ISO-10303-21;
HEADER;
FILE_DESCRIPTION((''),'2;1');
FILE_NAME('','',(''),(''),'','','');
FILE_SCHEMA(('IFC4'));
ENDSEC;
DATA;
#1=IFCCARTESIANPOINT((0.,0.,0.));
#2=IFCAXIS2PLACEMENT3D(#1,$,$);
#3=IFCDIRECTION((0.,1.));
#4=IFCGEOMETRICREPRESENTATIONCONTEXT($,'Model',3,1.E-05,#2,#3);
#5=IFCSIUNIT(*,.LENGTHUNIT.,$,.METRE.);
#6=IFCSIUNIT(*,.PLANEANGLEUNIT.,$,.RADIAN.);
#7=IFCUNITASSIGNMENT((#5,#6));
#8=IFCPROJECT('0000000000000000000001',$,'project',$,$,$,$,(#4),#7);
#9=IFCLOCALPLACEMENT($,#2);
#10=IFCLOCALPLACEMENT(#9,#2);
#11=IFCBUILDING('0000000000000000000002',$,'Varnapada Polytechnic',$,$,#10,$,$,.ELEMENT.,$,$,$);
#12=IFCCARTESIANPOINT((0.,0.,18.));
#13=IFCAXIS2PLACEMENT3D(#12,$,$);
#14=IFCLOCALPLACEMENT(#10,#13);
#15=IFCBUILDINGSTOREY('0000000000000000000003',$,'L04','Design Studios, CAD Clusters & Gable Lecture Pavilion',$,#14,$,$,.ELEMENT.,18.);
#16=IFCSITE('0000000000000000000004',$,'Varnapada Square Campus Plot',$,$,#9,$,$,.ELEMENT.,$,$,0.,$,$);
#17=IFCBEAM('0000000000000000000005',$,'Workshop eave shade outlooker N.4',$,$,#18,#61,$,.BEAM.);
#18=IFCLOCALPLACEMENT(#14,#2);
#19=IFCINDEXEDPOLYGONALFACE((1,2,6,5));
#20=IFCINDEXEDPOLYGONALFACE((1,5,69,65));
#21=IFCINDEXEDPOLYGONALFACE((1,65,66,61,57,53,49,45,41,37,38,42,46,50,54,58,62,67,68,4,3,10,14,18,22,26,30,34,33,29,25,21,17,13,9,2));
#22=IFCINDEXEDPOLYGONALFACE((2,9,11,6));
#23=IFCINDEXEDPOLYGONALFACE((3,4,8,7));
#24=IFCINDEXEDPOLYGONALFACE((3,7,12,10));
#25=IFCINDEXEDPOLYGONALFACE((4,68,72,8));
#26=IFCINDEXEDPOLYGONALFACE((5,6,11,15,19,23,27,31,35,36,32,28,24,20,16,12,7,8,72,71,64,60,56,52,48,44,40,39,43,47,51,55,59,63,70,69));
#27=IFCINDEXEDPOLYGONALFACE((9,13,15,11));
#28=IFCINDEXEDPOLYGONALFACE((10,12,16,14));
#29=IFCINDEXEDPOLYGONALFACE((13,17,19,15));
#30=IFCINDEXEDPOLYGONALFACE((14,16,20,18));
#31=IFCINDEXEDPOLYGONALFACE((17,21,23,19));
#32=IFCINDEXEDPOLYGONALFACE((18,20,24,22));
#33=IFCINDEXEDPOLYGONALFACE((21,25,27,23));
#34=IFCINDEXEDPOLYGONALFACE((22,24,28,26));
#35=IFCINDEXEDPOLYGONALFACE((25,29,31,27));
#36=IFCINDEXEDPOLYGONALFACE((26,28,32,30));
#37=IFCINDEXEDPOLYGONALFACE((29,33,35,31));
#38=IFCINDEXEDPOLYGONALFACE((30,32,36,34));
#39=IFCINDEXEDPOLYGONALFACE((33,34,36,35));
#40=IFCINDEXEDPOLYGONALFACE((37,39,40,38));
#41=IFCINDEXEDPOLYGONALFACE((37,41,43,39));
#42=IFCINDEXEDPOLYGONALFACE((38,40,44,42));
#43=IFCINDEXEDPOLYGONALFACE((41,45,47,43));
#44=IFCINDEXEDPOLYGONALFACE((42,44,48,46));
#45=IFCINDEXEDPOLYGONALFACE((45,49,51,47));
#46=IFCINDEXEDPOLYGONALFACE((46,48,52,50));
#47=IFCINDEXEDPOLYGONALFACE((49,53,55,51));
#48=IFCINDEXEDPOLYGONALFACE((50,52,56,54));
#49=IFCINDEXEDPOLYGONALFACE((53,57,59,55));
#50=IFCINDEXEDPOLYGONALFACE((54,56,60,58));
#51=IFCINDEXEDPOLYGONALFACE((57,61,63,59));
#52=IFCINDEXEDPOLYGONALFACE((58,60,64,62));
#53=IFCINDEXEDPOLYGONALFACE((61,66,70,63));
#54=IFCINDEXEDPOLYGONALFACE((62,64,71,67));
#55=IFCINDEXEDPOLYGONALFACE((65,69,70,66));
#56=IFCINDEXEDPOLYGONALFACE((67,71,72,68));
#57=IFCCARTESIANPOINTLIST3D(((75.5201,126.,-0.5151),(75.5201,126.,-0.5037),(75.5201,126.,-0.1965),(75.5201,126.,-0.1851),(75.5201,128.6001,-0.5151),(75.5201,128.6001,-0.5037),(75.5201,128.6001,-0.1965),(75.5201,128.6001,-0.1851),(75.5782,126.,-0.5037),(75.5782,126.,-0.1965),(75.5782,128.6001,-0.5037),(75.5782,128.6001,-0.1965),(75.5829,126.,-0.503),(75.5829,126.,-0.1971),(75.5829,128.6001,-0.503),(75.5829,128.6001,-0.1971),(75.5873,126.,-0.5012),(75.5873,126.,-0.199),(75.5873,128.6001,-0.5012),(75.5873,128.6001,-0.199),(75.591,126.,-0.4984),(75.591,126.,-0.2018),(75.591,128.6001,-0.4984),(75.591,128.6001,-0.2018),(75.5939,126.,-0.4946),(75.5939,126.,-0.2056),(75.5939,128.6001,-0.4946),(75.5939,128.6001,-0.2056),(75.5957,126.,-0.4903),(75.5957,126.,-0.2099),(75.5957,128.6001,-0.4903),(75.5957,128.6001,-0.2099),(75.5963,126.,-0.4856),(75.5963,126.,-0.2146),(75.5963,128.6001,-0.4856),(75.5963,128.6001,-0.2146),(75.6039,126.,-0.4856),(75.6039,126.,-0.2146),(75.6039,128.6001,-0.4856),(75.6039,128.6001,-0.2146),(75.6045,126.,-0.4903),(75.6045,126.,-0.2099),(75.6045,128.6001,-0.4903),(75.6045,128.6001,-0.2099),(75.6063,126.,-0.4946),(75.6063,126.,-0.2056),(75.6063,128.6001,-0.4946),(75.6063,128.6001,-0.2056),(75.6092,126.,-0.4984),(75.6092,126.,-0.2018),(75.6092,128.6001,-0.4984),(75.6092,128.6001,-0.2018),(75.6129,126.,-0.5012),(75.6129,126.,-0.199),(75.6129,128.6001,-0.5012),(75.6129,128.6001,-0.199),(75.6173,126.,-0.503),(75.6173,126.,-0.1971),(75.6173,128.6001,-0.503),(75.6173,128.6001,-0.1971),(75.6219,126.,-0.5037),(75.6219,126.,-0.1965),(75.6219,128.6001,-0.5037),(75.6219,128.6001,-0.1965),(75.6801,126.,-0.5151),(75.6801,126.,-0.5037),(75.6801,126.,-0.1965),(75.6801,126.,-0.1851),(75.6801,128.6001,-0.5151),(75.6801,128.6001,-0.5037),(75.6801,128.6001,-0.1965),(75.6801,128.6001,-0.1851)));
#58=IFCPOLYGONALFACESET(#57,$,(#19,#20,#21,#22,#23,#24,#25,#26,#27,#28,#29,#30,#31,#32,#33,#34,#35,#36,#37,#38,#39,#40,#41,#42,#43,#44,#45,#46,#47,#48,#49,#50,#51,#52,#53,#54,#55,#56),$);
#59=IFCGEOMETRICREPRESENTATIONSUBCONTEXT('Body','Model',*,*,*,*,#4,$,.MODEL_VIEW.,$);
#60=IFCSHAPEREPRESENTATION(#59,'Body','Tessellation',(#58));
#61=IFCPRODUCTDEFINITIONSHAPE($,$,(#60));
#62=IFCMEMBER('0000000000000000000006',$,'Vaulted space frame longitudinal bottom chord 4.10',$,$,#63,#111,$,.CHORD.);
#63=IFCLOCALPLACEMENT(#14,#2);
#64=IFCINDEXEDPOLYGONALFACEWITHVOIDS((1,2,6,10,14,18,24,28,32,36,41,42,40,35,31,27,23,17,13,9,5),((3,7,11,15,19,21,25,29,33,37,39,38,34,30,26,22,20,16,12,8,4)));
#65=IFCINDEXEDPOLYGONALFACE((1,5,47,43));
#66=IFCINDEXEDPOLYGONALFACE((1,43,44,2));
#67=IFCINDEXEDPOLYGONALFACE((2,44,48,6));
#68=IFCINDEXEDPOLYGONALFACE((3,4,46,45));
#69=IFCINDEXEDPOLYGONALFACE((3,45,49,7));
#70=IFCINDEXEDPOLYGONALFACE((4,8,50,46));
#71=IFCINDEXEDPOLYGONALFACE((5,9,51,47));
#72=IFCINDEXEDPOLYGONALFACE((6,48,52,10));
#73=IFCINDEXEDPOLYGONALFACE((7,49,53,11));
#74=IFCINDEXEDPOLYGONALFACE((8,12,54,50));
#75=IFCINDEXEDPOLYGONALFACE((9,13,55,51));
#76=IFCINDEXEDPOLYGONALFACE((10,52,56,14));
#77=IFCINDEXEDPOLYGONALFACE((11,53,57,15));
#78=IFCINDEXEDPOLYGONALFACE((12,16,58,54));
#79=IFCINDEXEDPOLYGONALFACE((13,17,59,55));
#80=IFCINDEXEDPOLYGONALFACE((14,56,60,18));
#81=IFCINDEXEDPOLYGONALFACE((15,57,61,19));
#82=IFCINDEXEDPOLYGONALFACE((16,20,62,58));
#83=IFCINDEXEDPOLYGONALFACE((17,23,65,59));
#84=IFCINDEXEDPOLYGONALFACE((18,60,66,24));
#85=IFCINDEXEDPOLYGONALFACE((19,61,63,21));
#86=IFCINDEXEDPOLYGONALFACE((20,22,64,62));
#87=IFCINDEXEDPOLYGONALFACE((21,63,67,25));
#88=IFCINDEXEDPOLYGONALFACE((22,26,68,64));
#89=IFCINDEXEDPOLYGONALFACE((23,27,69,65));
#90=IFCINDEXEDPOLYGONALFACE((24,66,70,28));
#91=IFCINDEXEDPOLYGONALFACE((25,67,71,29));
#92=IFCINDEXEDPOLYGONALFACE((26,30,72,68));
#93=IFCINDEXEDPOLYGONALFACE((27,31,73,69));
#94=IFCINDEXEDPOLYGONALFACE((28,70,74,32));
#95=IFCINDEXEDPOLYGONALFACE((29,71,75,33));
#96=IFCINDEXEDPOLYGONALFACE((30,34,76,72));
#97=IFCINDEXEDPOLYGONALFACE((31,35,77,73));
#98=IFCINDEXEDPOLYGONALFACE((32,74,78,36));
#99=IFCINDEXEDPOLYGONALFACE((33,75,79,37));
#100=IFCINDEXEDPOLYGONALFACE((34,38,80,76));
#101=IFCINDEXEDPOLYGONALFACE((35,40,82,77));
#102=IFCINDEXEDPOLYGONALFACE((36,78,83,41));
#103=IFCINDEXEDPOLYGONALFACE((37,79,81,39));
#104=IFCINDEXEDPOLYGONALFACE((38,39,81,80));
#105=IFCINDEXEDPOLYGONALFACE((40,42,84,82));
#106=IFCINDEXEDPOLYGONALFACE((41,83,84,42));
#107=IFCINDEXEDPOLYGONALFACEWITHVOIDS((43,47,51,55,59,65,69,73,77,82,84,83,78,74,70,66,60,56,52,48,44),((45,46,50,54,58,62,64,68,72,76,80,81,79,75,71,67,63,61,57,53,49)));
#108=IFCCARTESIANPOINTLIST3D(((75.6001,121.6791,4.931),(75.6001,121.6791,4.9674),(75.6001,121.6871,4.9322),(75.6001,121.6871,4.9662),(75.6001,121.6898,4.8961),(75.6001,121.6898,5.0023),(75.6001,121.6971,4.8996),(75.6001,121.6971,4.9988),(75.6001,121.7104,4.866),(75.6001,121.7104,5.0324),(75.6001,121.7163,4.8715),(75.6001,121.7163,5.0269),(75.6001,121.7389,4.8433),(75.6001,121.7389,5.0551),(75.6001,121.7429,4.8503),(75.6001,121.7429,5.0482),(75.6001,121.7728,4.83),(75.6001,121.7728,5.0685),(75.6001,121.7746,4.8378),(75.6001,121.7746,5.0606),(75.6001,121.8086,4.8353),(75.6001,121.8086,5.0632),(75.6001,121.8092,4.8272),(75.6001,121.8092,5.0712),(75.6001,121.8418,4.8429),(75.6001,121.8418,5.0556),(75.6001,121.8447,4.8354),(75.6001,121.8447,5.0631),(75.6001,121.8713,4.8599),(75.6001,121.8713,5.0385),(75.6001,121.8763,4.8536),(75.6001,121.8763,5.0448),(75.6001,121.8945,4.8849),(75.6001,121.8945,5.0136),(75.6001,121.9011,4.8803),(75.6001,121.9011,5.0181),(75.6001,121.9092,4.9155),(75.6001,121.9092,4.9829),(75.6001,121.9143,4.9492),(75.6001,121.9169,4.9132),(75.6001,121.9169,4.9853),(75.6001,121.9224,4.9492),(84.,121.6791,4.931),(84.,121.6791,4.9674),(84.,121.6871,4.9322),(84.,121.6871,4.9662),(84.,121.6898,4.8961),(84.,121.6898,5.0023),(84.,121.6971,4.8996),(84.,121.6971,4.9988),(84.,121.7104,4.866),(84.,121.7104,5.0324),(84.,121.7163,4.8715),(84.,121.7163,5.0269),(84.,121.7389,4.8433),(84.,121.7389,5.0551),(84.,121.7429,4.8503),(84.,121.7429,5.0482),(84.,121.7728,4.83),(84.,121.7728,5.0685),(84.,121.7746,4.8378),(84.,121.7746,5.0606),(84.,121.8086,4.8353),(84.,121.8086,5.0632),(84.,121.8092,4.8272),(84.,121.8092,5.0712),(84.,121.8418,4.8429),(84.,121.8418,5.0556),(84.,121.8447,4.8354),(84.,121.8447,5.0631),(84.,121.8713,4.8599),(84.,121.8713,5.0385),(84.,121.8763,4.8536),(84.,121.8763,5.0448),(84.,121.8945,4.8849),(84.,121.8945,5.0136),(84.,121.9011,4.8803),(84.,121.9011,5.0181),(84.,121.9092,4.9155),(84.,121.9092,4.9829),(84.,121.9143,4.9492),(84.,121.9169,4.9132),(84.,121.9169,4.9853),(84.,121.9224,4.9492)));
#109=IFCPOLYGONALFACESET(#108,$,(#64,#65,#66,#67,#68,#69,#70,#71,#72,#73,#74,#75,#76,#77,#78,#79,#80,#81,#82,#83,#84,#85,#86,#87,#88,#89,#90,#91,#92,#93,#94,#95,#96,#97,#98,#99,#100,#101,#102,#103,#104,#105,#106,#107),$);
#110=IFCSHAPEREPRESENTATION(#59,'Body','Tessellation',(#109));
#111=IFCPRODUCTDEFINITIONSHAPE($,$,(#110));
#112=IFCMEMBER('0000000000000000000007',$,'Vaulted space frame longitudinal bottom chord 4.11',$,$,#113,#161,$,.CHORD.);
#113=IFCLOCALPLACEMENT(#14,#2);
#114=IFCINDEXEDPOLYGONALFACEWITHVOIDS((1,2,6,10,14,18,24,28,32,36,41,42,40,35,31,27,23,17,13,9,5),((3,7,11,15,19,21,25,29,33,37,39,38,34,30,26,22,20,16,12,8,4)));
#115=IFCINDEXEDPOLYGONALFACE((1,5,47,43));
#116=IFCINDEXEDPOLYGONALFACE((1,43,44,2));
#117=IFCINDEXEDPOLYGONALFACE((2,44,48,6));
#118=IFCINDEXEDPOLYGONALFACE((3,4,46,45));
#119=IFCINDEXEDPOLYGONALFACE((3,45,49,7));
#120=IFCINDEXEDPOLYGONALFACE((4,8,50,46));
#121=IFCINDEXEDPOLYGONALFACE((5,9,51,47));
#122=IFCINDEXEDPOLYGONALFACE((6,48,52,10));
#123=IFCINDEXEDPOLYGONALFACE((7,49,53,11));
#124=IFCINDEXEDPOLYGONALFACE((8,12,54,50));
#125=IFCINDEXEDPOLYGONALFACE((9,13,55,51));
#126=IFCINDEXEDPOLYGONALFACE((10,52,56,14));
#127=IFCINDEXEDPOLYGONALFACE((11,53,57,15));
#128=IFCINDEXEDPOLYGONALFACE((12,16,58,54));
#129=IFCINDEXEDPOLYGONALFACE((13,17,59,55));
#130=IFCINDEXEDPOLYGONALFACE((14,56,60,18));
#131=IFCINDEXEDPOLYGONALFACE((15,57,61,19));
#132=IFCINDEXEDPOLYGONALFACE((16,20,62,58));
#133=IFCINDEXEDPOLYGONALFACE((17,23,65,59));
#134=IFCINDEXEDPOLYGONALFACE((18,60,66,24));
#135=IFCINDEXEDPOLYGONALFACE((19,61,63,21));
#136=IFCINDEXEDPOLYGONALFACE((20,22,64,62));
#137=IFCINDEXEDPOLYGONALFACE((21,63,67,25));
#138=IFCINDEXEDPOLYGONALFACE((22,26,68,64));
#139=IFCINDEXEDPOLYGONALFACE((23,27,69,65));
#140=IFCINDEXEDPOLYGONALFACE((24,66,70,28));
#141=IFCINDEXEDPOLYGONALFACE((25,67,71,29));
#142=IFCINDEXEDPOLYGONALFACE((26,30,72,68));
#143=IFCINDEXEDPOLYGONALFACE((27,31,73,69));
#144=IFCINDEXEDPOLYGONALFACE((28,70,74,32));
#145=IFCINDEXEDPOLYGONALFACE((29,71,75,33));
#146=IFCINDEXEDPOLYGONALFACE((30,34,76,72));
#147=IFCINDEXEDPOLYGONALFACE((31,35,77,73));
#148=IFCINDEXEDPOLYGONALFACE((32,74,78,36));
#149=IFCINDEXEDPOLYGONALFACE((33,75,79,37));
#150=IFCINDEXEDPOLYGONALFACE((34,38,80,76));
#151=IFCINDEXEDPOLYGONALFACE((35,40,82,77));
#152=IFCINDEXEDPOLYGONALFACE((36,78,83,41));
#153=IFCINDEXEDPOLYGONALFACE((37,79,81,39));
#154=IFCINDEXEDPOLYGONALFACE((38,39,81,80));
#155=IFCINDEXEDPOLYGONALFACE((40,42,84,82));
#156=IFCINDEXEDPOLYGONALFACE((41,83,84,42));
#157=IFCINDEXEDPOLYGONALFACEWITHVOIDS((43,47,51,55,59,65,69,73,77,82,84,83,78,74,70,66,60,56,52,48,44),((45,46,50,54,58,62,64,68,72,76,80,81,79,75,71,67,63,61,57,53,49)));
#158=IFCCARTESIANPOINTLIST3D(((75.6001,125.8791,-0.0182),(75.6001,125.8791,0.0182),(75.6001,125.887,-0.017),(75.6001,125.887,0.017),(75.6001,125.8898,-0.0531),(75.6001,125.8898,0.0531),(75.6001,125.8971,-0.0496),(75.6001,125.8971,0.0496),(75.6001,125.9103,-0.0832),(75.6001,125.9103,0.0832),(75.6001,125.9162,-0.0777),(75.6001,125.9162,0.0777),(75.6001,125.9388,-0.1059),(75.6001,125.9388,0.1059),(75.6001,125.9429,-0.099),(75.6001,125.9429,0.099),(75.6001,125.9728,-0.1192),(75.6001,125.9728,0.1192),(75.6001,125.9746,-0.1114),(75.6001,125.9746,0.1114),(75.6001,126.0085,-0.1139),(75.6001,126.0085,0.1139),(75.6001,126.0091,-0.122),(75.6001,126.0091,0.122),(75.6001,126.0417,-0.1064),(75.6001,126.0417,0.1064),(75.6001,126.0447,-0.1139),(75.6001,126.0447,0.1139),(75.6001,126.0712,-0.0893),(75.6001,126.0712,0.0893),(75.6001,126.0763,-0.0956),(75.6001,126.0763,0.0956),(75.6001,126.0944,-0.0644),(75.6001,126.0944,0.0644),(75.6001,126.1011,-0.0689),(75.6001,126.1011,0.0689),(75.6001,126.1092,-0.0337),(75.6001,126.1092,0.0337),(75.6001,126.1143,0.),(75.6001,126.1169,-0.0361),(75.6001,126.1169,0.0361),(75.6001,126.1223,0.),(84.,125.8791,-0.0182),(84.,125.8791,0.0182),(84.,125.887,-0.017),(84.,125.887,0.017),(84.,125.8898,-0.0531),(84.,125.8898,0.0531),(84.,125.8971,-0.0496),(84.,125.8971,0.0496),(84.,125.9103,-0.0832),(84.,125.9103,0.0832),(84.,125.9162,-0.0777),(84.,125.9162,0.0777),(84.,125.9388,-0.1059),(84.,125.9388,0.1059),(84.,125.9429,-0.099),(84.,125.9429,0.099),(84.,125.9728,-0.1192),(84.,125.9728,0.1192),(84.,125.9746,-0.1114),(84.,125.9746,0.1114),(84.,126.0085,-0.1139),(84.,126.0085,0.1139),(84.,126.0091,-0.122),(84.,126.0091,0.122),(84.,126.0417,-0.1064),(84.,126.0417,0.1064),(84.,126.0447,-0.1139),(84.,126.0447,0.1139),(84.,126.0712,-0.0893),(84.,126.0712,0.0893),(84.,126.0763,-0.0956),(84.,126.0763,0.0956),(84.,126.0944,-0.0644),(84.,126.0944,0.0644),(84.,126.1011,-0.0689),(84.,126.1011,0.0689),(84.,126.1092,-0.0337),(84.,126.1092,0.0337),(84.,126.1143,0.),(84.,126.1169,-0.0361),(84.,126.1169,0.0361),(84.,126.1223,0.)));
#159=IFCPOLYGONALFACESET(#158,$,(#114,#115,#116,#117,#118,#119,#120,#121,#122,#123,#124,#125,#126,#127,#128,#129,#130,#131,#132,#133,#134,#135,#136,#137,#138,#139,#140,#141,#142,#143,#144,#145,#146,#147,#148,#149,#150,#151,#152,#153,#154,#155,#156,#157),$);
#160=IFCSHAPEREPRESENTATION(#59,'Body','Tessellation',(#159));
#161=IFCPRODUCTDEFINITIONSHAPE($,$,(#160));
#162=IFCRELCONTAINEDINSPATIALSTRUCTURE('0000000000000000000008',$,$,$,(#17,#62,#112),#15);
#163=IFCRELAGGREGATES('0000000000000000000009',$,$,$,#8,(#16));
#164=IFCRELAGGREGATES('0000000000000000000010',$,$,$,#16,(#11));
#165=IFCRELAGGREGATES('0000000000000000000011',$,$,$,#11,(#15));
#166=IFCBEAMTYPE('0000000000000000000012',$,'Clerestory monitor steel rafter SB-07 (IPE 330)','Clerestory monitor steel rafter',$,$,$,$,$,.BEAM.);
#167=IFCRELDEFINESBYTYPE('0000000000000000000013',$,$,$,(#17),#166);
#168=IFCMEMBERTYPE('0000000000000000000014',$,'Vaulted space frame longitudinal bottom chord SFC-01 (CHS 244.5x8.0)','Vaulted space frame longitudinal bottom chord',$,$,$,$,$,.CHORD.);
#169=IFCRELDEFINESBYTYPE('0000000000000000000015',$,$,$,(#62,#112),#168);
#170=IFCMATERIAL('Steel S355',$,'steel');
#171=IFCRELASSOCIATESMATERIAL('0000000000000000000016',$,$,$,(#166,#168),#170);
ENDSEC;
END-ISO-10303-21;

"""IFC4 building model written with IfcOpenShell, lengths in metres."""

from ifc_helpers import new_model, si_unit, direction, frame, origin, origin_2d, place, context, subcontext, project, spatial, hollow_circle, i_section, extrude, material, material_profile, profile_set, type_object, element, save


model = new_model("IFC4")

# Units and contexts
model_context = context("Model", 3, precision=1e-05, world=origin(), true_north=direction((0.0, 1.0)))
body_context = subcontext(model_context, "Body", "Model", "MODEL_VIEW")
ifc_project = project(units=[si_unit("LENGTHUNIT", "METRE"), si_unit("PLANEANGLEUNIT", "RADIAN")], contexts=[model_context])

# Site, building, storey
site_placement = place(None, origin())
site = spatial("IfcSite", under=ifc_project, at=site_placement, Name="Varnapada Square Campus Plot", CompositionType="ELEMENT", RefElevation=0.0)
building_placement = place(site_placement, origin())
building = spatial("IfcBuilding", under=site, at=building_placement, Name="Varnapada Polytechnic", CompositionType="ELEMENT")
storey_placement = place(building_placement, frame((0.0, 0.0, 18.0)))
storey = spatial("IfcBuildingStorey", under=building, at=storey_placement, Name="L04", Description="Design Studios, CAD Clusters & Gable Lecture Pavilion", CompositionType="ELEMENT", Elevation=18.0)

# Beam
ifc_material = material(Name="Steel S355", Category="steel")
ifc_material_profile_1 = material_profile(ifc_material, i_section(OverallWidth=0.1599, OverallDepth=0.3301, WebThickness=0.0076, FlangeThickness=0.0115, FilletRadius=0.0181, at=origin_2d()), Name="IPE 330")
ifc_profile_set_1 = profile_set([ifc_material_profile_1], Name="Steel S355")
beam_type_1 = type_object("IfcBeamType", Name="Clerestory monitor steel rafter SB-07 (IPE 330)", Description="Clerestory monitor steel rafter", PredefinedType="BEAM", material=ifc_profile_set_1)
beam_1_placement = place(storey_placement, frame((75.6001, 126.0, -0.3501), z_axis=(0.0, 1.0, 0.0), x_axis=(-1.0, 0.0, 0.0)))
element("IfcBeam", 1, at=beam_1_placement, inside=storey, type_object=beam_type_1, Name="Workshop eave shade outlooker N.4", PredefinedType="BEAM", context=body_context, shape_type="SweptSolid", body=[
    extrude(i_section(OverallWidth=0.1599, OverallDepth=0.3301, WebThickness=0.0076, FlangeThickness=0.0115, FilletRadius=0.0181, at=origin_2d()), origin(), (0.0, 0.0, 1.0), 2.6001),
])

# Members
ifc_material_profile_2 = material_profile(ifc_material, hollow_circle(Radius=0.1223, WallThickness=0.0081, at=origin_2d()), Name="CHS 244.5x8.0")
ifc_profile_set_2 = profile_set([ifc_material_profile_2], Name="Steel S355")
member_type_1 = type_object("IfcMemberType", Name="Vaulted space frame longitudinal bottom chord SFC-01 (CHS 244.5x8.0)", Description="Vaulted space frame longitudinal bottom chord", PredefinedType="CHORD", material=ifc_profile_set_2)
for number, where, z_axis, x_axis, name in (
    (2, (75.6001, 121.8, 4.9492), (1.0, 0.0, 0.0), (0.0, 1.0, 0.0), "Vaulted space frame longitudinal bottom chord 4.10"),
    (3, (75.6001, 126.0, 0.0), (1.0, 0.0, 0.0), (0.0, 1.0, 0.0), "Vaulted space frame longitudinal bottom chord 4.11"),
):
    element("IfcMember", number, at=place(storey_placement, frame(where, z_axis=z_axis, x_axis=x_axis)), inside=storey, type_object=member_type_1, Name=name, PredefinedType="CHORD", context=body_context, shape_type="SweptSolid", body=[
        extrude(hollow_circle(Radius=0.1223, WallThickness=0.0081, at=origin_2d()), origin(), (0.0, 0.0, 1.0), 8.3999),
    ])

save(model, "model.ifc")
